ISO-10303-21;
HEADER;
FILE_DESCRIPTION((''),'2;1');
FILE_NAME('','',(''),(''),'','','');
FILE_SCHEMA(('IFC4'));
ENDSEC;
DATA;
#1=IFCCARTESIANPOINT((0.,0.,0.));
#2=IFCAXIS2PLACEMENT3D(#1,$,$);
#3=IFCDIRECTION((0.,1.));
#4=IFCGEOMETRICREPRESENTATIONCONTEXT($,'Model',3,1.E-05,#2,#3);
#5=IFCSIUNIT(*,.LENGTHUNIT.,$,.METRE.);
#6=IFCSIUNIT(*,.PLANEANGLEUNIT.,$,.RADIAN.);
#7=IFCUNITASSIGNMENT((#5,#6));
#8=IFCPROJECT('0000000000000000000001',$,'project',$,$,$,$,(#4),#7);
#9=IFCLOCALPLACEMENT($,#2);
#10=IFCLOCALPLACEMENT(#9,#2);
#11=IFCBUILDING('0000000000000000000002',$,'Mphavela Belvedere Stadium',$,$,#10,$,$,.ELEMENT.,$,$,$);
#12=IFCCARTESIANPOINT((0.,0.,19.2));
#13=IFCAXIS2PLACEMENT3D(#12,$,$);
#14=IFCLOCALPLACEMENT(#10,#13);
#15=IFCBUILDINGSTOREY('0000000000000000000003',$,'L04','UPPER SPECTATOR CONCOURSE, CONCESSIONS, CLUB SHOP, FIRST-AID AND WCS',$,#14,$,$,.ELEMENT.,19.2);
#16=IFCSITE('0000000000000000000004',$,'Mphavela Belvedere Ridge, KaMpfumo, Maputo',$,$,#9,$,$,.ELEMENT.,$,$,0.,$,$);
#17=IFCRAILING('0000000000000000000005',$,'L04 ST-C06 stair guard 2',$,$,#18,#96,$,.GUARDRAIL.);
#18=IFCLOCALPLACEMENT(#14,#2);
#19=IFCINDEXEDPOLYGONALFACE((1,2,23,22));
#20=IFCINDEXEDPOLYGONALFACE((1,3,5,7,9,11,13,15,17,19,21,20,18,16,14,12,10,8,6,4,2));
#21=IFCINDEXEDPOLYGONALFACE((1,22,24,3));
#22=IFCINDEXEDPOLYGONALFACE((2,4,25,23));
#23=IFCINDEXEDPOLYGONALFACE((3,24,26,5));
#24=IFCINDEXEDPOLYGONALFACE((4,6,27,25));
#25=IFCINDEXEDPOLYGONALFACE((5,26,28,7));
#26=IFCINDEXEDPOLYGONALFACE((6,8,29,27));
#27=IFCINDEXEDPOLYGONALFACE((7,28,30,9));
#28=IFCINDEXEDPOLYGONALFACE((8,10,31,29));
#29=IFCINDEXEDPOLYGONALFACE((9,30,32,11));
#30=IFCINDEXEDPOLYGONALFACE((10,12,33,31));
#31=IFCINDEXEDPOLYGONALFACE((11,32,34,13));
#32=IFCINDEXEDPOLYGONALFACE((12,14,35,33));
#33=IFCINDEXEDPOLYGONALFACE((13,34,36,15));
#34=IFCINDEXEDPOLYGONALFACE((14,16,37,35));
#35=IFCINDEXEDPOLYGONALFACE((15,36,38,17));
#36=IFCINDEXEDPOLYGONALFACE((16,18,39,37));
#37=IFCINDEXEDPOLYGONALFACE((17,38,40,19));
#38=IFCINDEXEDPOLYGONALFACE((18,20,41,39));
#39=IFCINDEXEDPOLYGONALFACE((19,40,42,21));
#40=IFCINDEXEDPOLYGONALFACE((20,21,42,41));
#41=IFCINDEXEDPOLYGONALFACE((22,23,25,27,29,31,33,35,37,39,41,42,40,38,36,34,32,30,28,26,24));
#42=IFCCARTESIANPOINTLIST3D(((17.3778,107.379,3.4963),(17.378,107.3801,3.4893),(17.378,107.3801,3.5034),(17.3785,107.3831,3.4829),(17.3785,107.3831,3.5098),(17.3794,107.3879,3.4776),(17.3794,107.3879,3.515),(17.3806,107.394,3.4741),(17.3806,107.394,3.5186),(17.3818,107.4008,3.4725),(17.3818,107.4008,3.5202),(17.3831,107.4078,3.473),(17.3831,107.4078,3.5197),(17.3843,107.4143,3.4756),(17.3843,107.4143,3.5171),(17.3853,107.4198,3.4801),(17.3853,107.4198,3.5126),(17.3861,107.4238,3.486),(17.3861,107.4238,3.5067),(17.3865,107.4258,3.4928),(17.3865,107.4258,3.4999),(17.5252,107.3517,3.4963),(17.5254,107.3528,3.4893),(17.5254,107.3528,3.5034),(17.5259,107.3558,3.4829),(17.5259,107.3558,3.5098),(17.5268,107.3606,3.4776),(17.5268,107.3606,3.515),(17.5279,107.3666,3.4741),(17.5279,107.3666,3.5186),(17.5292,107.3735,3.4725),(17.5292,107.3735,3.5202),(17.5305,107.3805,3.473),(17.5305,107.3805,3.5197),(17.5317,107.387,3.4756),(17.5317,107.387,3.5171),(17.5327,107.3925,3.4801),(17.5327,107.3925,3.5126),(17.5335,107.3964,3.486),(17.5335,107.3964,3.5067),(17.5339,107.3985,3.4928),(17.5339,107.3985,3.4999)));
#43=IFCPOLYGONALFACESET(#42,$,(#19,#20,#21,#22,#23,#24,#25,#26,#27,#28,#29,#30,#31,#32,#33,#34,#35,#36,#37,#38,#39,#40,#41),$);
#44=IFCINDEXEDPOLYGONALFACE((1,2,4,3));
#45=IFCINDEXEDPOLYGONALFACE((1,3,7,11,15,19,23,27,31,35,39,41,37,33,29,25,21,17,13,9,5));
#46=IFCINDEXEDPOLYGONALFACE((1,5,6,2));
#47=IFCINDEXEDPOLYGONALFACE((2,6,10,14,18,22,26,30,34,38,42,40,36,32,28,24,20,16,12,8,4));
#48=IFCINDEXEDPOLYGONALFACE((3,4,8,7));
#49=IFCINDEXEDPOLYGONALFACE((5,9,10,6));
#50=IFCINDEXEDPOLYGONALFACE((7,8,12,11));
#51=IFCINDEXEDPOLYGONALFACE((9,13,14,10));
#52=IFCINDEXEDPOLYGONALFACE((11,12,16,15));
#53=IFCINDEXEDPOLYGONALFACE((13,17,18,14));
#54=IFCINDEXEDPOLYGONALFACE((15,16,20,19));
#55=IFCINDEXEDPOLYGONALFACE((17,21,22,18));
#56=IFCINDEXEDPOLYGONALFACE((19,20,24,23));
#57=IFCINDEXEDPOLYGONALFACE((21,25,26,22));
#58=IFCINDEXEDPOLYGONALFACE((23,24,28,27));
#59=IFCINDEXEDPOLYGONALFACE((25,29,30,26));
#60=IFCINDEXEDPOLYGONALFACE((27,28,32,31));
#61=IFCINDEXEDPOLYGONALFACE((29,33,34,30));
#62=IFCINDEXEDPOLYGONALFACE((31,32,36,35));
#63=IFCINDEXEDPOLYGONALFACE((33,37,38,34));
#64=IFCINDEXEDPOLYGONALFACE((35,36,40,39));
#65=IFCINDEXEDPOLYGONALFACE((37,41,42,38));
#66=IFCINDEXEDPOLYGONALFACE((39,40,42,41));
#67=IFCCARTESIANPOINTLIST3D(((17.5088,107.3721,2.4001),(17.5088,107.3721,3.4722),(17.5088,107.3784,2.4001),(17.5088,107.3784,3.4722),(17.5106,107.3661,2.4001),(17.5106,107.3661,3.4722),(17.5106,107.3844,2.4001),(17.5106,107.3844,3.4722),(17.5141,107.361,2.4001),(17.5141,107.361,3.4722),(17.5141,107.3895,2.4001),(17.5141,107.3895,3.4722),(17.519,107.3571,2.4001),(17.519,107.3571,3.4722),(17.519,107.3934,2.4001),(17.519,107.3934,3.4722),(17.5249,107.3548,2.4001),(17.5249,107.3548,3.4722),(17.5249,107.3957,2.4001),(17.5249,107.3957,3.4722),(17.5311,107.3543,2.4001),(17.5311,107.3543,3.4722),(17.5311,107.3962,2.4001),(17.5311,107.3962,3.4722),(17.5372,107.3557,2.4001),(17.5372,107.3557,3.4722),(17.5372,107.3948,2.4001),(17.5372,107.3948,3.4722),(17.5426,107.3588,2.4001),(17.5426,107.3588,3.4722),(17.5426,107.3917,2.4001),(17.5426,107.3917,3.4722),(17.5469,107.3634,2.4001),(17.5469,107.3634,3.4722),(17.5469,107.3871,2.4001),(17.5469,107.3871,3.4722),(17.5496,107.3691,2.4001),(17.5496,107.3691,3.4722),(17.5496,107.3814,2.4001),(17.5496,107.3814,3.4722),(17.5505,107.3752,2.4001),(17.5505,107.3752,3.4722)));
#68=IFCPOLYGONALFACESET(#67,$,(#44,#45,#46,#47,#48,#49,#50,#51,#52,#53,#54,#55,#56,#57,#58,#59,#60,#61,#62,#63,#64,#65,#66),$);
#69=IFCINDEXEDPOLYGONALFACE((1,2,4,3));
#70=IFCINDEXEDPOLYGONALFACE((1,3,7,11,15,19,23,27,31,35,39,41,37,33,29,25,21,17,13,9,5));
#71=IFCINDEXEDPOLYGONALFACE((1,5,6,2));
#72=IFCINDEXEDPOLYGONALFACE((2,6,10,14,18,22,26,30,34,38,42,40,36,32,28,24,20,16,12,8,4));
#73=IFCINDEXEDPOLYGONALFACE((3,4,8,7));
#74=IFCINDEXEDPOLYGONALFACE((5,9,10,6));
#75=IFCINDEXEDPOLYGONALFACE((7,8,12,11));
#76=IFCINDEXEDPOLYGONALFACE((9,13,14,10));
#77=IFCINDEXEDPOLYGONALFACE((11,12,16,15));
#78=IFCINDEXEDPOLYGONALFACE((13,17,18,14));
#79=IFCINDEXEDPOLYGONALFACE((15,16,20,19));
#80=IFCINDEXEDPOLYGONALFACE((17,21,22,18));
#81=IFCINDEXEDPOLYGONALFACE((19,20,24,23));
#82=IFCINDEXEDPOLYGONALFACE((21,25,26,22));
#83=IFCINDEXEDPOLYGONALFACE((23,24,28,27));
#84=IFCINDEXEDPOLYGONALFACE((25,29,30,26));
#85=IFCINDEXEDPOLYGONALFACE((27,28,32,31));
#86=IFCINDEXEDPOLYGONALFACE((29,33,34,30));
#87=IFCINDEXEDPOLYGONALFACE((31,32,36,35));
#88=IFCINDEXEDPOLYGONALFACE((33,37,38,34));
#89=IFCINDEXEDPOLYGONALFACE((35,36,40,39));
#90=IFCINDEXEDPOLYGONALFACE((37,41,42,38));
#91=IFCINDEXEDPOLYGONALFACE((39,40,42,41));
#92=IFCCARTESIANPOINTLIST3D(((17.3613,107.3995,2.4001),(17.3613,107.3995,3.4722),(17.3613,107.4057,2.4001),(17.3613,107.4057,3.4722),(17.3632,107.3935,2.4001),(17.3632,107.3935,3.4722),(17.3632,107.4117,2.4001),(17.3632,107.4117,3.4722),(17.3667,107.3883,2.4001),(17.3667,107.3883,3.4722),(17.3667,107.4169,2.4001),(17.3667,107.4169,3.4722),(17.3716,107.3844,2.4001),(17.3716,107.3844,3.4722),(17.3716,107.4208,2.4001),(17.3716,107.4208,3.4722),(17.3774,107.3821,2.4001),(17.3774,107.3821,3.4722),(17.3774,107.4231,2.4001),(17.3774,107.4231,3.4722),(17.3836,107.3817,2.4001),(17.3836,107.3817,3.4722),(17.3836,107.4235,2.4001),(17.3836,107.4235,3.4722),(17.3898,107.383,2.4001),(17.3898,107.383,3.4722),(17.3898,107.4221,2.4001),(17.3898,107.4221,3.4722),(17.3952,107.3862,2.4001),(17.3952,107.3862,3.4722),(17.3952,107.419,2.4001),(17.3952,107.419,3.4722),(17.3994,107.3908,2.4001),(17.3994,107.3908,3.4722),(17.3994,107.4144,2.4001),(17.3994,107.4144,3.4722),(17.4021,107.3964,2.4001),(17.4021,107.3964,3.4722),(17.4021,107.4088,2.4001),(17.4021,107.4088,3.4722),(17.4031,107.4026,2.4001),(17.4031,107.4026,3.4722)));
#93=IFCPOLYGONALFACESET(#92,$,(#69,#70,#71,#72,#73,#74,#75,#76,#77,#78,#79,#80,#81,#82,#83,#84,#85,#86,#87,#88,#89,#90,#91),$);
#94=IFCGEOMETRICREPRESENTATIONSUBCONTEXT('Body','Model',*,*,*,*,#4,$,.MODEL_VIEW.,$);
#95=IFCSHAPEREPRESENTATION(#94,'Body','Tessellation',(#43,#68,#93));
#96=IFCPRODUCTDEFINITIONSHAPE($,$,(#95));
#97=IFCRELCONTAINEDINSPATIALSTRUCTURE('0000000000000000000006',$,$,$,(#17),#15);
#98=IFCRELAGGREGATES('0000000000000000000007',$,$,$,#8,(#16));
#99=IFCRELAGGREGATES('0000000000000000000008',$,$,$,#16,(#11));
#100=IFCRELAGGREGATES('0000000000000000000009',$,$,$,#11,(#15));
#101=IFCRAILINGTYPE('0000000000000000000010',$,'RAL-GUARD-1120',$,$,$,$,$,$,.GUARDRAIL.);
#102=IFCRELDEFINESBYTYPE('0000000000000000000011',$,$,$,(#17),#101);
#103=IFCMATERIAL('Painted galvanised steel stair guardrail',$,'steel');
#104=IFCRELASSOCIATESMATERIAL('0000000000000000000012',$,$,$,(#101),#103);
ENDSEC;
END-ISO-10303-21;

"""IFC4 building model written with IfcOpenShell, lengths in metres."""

from ifc_helpers import new_model, si_unit, direction, frame, origin, origin_2d, place, context, subcontext, project, spatial, circle, extrude, material, type_object, element, save


model = new_model("IFC4")

# Units and contexts
model_context = context("Model", 3, precision=1e-05, world=origin(), true_north=direction((0.0, 1.0)))
body_context = subcontext(model_context, "Body", "Model", "MODEL_VIEW")
ifc_project = project(units=[si_unit("LENGTHUNIT", "METRE"), si_unit("PLANEANGLEUNIT", "RADIAN")], contexts=[model_context])

# Site, building, storey
site_placement = place(None, origin())
site = spatial("IfcSite", under=ifc_project, at=site_placement, Name="Mphavela Belvedere Ridge, KaMpfumo, Maputo", CompositionType="ELEMENT", RefElevation=0.0)
building_placement = place(site_placement, origin())
building = spatial("IfcBuilding", under=site, at=building_placement, Name="Mphavela Belvedere Stadium", CompositionType="ELEMENT")
storey_placement = place(building_placement, frame((0.0, 0.0, 19.2)))
storey = spatial("IfcBuildingStorey", under=building, at=storey_placement, Name="L04", Description="UPPER SPECTATOR CONCOURSE, CONCESSIONS, CLUB SHOP, FIRST-AID AND WCS", CompositionType="ELEMENT", Elevation=19.2)

# Railing
ifc_material_1 = material(Name="Painted galvanised steel stair guardrail", Category="steel")
railing_type_1 = type_object("IfcRailingType", Name="RAL-GUARD-1120", PredefinedType="GUARDRAIL", material=ifc_material_1)
railing_1_placement = place(storey_placement, frame((17.5295, 107.3752, 2.4001)))
element("IfcRailing", 1, at=railing_1_placement, inside=storey, type_object=railing_type_1, Name="L04 ST-C06 stair guard 2", PredefinedType="GUARDRAIL", context=body_context, shape_type="SweptSolid", body=[
    extrude(circle(Radius=0.0239, at=origin_2d()), frame((0.0, 0.0, 1.0962), z_axis=(-0.983239, 0.182322, 0.0), x_axis=(-0.182322, -0.983239, 0.0)), (0.0, 0.0, 1.0), 0.1499),
    extrude(circle(Radius=0.021, at=origin_2d()), origin(), (0.0, 0.0, 1.0), 1.072),
    extrude(circle(Radius=0.021, at=origin_2d()), frame((-0.1475, 0.0273, 0.0)), (0.0, 0.0, 1.0), 1.072),
])

save(model, "model.ifc")
